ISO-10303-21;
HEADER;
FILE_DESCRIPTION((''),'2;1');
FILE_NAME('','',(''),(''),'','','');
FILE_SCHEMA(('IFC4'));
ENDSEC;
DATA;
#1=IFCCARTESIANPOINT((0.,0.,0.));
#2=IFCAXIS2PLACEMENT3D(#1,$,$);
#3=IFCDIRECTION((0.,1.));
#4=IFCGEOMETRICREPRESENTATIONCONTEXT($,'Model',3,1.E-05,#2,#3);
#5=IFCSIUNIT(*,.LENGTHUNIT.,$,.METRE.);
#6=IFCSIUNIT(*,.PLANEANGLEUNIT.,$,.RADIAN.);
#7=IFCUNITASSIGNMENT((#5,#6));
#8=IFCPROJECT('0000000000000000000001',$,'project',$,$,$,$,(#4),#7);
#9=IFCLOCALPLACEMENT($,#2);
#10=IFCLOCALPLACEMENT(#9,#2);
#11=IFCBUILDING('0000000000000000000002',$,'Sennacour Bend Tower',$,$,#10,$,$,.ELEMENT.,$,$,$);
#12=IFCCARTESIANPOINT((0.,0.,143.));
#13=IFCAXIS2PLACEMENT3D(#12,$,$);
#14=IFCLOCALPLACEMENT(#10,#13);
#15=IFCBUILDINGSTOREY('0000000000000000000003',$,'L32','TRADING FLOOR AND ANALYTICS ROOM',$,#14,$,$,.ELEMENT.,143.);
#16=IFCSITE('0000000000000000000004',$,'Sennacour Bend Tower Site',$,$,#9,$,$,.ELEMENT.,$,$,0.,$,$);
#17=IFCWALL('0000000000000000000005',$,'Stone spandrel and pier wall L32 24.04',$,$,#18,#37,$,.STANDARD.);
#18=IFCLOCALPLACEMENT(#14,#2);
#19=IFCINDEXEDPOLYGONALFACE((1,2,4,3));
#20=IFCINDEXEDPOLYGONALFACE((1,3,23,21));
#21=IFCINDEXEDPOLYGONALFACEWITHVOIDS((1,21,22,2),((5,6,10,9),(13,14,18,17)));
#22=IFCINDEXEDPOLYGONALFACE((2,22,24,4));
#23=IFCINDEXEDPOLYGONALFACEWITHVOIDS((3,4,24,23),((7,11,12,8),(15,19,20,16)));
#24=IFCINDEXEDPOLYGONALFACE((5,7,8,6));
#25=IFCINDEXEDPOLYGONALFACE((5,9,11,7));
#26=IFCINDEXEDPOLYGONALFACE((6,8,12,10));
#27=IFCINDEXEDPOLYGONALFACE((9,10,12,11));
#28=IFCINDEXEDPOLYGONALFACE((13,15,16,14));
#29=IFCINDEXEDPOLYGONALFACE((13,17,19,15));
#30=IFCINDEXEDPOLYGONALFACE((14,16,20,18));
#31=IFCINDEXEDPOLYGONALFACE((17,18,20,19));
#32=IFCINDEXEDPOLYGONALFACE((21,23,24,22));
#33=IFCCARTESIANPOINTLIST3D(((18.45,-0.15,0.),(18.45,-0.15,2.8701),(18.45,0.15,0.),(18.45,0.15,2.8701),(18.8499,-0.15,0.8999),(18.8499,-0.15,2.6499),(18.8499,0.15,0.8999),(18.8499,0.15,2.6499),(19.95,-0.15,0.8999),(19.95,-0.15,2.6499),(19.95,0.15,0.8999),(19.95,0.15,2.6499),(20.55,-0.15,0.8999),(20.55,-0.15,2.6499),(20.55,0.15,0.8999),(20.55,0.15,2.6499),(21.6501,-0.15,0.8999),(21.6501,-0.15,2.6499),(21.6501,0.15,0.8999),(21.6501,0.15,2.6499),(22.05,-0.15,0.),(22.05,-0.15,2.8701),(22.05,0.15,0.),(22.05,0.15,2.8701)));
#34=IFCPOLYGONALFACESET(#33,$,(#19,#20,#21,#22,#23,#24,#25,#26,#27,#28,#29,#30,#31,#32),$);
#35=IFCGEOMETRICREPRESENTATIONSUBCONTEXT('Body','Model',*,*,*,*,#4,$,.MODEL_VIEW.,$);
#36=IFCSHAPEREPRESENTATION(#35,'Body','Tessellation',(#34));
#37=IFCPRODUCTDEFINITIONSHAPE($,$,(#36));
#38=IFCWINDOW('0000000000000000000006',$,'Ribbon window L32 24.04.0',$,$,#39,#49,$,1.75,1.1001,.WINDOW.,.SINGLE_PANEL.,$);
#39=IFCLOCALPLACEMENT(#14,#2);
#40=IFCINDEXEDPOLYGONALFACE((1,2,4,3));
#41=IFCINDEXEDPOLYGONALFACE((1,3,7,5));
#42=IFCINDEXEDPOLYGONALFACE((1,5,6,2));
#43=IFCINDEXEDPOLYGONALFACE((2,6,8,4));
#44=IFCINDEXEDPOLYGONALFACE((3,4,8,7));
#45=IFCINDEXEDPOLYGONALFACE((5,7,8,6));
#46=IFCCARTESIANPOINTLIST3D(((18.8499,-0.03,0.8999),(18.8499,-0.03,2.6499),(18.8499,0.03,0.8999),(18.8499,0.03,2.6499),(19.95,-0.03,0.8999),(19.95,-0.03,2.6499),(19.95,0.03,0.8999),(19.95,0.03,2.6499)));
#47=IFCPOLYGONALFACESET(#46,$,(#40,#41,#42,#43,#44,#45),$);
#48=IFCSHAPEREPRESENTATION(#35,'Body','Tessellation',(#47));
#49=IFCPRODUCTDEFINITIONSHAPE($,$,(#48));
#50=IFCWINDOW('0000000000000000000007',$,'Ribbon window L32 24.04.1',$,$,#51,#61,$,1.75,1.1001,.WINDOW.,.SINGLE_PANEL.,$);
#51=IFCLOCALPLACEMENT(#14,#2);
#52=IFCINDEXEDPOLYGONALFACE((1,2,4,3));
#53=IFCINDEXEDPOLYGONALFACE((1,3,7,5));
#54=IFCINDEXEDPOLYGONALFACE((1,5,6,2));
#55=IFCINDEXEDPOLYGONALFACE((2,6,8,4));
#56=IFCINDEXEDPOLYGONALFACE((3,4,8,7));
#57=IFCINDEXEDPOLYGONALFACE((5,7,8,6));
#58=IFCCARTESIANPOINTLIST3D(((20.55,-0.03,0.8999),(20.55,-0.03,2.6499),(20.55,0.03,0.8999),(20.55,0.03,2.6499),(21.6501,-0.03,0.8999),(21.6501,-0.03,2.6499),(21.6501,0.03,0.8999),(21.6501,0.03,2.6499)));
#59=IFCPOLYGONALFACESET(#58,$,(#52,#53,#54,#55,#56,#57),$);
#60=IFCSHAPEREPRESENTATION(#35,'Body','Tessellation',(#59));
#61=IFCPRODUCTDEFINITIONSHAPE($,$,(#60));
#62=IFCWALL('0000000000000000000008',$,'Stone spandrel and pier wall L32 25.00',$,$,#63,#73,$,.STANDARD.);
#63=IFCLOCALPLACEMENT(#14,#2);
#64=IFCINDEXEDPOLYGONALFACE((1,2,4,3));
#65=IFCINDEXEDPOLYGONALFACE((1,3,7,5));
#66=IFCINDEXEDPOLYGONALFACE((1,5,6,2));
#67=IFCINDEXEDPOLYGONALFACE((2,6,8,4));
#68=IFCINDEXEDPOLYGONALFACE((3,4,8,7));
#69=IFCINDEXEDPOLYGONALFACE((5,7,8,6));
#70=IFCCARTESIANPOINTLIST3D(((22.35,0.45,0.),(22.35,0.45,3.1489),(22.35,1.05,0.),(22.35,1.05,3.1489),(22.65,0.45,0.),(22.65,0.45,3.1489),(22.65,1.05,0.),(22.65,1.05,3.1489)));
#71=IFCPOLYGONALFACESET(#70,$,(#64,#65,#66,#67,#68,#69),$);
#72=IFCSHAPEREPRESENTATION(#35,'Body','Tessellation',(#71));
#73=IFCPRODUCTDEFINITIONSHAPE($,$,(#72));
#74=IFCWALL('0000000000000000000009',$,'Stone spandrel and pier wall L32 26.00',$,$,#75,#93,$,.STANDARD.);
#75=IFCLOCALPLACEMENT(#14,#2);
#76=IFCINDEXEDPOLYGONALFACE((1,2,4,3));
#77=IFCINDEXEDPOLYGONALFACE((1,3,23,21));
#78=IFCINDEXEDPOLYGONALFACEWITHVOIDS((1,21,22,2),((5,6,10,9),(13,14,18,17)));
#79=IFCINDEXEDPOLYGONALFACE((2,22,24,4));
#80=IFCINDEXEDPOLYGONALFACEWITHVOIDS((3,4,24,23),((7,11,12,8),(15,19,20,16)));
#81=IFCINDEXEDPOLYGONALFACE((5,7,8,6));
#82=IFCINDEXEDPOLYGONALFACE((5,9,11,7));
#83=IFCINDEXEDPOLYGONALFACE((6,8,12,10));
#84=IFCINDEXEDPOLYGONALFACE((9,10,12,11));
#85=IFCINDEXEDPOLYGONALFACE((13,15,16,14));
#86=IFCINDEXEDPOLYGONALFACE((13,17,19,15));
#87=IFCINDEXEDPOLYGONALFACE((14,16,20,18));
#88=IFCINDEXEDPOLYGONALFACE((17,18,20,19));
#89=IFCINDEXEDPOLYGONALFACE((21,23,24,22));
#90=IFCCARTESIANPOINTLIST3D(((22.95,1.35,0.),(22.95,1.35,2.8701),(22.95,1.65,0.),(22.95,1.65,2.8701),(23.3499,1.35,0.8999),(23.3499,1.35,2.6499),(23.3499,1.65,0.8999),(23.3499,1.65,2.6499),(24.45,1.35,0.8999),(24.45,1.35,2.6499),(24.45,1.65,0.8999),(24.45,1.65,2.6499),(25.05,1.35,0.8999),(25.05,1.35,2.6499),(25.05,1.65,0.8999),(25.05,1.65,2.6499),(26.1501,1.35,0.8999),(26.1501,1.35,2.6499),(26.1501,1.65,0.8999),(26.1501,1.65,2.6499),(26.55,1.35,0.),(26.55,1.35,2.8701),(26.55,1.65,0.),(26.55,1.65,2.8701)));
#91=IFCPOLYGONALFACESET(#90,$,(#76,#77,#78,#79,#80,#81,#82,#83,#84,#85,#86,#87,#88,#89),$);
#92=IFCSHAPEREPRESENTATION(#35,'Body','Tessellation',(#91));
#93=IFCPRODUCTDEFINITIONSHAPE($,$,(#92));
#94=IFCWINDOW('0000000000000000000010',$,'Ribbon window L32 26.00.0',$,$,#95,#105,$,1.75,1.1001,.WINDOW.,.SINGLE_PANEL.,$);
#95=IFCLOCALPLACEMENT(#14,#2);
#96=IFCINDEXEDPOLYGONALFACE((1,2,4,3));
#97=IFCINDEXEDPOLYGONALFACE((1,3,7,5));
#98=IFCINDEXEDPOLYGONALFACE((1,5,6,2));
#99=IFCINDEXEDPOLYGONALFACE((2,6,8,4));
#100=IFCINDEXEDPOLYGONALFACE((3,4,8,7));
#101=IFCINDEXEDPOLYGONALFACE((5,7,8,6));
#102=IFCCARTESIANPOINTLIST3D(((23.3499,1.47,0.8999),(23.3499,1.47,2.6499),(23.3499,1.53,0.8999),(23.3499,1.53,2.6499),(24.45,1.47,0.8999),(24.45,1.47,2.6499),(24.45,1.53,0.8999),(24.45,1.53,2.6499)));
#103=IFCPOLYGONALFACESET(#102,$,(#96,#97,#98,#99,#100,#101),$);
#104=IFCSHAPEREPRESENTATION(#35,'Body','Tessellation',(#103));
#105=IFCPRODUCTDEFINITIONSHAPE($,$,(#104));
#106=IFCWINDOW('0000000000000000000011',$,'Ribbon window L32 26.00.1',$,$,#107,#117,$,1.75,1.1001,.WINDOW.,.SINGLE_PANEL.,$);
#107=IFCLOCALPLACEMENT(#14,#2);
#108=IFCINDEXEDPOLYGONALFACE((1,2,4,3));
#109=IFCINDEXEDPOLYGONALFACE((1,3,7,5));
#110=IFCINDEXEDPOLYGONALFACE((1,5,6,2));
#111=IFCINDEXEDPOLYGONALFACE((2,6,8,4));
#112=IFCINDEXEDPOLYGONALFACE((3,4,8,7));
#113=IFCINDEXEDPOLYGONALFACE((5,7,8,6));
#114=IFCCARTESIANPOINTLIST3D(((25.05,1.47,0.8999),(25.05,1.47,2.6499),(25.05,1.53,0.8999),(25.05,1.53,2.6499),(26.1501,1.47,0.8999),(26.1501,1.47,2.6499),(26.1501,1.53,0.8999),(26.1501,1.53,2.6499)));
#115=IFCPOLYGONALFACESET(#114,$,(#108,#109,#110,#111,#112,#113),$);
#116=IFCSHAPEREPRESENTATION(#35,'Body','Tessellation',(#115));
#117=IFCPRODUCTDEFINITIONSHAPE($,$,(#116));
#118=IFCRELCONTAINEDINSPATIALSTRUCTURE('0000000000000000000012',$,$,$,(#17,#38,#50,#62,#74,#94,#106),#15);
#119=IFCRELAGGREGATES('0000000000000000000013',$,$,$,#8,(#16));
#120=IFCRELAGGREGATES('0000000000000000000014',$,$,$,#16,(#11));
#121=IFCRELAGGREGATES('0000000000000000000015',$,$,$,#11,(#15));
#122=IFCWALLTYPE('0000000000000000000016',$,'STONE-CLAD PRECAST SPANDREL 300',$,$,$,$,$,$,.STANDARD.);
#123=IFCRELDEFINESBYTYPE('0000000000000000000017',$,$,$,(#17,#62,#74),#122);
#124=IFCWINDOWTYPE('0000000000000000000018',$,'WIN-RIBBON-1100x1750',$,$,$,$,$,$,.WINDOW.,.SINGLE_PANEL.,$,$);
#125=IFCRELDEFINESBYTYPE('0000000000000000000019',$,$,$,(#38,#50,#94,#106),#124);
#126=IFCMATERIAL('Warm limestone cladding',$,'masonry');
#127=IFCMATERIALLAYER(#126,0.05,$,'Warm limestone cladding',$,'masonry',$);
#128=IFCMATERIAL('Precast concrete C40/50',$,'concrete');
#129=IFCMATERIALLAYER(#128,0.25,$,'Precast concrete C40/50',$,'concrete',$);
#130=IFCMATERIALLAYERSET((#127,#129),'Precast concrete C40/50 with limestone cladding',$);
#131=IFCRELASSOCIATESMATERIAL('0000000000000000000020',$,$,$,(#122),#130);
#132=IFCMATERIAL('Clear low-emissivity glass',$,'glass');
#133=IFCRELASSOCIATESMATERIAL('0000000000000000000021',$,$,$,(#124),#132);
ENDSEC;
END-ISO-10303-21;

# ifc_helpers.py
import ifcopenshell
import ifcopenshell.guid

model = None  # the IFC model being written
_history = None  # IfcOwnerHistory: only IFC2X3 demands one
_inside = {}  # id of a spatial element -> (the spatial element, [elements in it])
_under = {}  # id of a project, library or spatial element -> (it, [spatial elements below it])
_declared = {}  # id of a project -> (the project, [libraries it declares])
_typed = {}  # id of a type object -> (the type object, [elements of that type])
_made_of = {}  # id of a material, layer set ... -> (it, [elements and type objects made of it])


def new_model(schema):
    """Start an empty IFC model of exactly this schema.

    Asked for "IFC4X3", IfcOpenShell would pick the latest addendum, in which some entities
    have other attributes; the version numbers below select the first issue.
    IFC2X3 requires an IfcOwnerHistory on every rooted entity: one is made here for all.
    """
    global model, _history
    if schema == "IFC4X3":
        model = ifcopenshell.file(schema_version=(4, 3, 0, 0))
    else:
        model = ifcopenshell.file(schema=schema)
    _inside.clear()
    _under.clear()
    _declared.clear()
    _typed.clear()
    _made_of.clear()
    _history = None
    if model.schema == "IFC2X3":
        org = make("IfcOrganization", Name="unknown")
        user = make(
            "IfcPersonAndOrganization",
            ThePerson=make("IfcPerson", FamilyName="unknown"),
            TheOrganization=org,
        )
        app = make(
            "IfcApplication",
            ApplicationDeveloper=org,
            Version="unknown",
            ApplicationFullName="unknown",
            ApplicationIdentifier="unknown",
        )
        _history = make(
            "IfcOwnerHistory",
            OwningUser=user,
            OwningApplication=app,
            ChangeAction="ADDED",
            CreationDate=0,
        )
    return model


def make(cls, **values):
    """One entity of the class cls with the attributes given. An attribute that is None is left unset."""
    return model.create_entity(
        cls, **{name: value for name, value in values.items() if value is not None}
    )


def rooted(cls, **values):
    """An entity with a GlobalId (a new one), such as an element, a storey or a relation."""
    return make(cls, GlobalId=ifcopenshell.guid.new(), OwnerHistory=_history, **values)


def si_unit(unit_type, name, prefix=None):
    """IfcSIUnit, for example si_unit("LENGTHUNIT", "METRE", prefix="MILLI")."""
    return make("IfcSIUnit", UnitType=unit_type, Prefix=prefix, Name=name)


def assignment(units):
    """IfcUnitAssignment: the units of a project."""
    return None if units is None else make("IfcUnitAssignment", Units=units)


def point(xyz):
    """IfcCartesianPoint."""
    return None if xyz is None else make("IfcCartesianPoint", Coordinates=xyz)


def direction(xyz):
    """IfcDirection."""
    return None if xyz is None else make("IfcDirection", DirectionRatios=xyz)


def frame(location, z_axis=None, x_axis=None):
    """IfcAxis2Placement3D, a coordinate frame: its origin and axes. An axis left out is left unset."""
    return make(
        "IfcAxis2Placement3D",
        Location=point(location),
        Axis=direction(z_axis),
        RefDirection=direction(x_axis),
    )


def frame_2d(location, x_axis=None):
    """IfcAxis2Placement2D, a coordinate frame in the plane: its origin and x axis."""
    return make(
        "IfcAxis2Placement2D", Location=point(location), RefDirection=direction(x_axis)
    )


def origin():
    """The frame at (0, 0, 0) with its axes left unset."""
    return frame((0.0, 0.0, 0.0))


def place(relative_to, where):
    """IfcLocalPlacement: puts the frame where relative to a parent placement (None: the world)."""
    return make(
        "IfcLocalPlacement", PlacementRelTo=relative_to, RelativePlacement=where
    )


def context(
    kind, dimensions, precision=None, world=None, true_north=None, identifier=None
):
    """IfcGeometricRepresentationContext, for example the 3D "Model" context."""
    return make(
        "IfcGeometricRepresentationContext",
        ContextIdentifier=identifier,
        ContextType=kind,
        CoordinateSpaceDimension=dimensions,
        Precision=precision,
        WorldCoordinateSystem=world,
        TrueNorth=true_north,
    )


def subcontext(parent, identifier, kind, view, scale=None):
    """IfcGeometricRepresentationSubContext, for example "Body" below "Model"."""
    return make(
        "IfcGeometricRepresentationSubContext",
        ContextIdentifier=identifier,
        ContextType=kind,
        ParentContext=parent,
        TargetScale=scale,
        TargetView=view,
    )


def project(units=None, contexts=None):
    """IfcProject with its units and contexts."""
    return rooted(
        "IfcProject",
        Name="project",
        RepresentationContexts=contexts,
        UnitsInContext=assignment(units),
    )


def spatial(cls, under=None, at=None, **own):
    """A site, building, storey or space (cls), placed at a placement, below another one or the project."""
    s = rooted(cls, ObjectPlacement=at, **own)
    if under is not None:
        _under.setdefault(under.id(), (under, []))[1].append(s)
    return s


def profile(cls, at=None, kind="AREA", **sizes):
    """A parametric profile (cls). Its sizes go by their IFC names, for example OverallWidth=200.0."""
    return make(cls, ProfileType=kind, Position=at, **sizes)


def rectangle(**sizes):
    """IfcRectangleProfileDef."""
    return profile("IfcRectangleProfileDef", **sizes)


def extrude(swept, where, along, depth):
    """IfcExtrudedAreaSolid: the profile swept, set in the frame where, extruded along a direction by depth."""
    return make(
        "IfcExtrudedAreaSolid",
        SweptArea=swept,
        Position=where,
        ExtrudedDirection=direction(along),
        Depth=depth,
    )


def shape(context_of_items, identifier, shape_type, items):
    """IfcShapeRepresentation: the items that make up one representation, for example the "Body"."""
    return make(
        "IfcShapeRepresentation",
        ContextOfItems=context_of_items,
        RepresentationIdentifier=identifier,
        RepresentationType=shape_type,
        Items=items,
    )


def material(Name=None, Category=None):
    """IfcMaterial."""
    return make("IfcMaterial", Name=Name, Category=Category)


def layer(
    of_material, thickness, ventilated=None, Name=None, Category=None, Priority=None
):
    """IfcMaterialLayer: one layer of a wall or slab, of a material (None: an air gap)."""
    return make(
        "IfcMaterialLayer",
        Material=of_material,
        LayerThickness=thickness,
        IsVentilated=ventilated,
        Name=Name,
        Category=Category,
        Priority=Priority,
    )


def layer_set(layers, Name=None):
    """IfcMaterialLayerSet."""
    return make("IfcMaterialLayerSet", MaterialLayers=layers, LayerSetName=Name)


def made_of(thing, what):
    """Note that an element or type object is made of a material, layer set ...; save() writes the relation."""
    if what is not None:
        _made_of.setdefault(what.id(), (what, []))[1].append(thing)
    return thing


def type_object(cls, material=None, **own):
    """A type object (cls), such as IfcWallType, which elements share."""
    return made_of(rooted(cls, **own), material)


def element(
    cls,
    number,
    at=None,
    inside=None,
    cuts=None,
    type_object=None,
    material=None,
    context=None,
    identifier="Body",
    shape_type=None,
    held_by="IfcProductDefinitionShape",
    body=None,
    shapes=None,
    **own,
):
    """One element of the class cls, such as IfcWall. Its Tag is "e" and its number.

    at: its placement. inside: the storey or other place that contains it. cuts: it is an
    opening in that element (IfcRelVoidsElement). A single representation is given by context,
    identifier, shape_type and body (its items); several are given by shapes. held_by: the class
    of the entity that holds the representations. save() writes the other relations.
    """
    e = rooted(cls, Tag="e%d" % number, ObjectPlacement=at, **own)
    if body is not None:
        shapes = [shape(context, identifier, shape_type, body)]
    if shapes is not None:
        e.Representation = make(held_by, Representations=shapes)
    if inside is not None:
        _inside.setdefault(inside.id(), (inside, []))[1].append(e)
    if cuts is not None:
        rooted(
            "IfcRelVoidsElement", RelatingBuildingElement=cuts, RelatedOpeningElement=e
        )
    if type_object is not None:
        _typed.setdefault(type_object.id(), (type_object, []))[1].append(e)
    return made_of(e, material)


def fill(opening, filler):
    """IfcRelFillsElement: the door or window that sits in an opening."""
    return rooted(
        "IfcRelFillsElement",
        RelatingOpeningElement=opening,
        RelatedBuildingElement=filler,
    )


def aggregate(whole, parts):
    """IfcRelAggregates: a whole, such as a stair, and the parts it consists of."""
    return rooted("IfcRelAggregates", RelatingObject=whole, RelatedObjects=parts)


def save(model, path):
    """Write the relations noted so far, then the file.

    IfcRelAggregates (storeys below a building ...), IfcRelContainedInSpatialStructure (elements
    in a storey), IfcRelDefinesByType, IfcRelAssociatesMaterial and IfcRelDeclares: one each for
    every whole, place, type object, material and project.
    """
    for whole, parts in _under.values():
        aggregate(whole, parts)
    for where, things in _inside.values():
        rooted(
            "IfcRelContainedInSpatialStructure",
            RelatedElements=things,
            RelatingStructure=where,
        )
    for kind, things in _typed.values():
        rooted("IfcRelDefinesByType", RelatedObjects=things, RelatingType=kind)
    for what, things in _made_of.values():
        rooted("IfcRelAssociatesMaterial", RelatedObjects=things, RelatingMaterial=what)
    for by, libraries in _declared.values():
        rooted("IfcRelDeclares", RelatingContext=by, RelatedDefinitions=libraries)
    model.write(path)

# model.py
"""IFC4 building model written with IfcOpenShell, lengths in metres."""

from ifc_helpers import new_model, si_unit, direction, frame, frame_2d, origin, place, context, subcontext, project, spatial, rectangle, extrude, material, layer, layer_set, type_object, element, fill, save


model = new_model("IFC4")

# Units and contexts
model_context = context("Model", 3, precision=1e-05, world=origin(), true_north=direction((0.0, 1.0)))
body_context = subcontext(model_context, "Body", "Model", "MODEL_VIEW")
ifc_project = project(units=[si_unit("LENGTHUNIT", "METRE"), si_unit("PLANEANGLEUNIT", "RADIAN")], contexts=[model_context])

# Site, building, storey
site_placement = place(None, origin())
site = spatial("IfcSite", under=ifc_project, at=site_placement, Name="Sennacour Bend Tower Site", CompositionType="ELEMENT", RefElevation=0.0)
building_placement = place(site_placement, origin())
building = spatial("IfcBuilding", under=site, at=building_placement, Name="Sennacour Bend Tower", CompositionType="ELEMENT")
storey_placement = place(building_placement, frame((0.0, 0.0, 143.0)))
storey = spatial("IfcBuildingStorey", under=building, at=storey_placement, Name="L32", Description="TRADING FLOOR AND ANALYTICS ROOM", CompositionType="ELEMENT", Elevation=143.0)

# Wall, openings, windows
ifc_material_1 = material(Name="Warm limestone cladding", Category="masonry")
ifc_layer_1 = layer(ifc_material_1, 0.05, Name="Warm limestone cladding", Category="masonry")
ifc_material_2 = material(Name="Precast concrete C40/50", Category="concrete")
ifc_layer_2 = layer(ifc_material_2, 0.25, Name="Precast concrete C40/50", Category="concrete")
ifc_layer_set_1 = layer_set([ifc_layer_1, ifc_layer_2], Name="Precast concrete C40/50 with limestone cladding")
wall_type_1 = type_object("IfcWallType", Name="STONE-CLAD PRECAST SPANDREL 300", PredefinedType="STANDARD", material=ifc_layer_set_1)
wall_1_placement = place(storey_placement, frame((18.45, 0.0, 0.0), z_axis=(0.0, 0.0, 1.0), x_axis=(1.0, 0.0, 0.0)))
wall_1 = element("IfcWall", 1, at=wall_1_placement, inside=storey, type_object=wall_type_1, Name="Stone spandrel and pier wall L32 24.04", PredefinedType="STANDARD", context=body_context, shape_type="SweptSolid", body=[
    extrude(rectangle(XDim=3.6001, YDim=0.3, at=frame_2d((1.8, 0.0))), origin(), (0.0, 0.0, 1.0), 2.8701),
])
opening_1_placement = place(wall_1_placement, frame((0.3999, 0.0, 0.8999)))
opening_1 = element("IfcOpeningElement", 2, at=opening_1_placement, cuts=wall_1, PredefinedType="OPENING", context=body_context, shape_type="SweptSolid", body=[
    extrude(rectangle(XDim=1.1001, YDim=1.75, at=frame_2d((0.55, 0.875))), frame((0.0, 0.1602, 0.0), z_axis=(0.0, -1.0, 0.0), x_axis=(1.0, 0.0, 0.0)), (0.0, 0.0, 1.0), 0.3201),
])
opening_2_placement = place(wall_1_placement, frame((2.1001, 0.0, 0.8999)))
opening_2 = element("IfcOpeningElement", 3, at=opening_2_placement, cuts=wall_1, PredefinedType="OPENING", context=body_context, shape_type="SweptSolid", body=[
    extrude(rectangle(XDim=1.1001, YDim=1.75, at=frame_2d((0.55, 0.875))), frame((0.0, 0.1602, 0.0), z_axis=(0.0, -1.0, 0.0), x_axis=(1.0, 0.0, 0.0)), (0.0, 0.0, 1.0), 0.3201),
])
ifc_material_3 = material(Name="Clear low-emissivity glass", Category="glass")
window_type = type_object("IfcWindowType", Name="WIN-RIBBON-1100x1750", PartitioningType="SINGLE_PANEL", PredefinedType="WINDOW", material=ifc_material_3)
window_1_placement = place(opening_1_placement, origin())
window_1 = element("IfcWindow", 4, at=window_1_placement, inside=storey, type_object=window_type, Name="Ribbon window L32 24.04.0", OverallHeight=1.75, OverallWidth=1.1001, PartitioningType="SINGLE_PANEL", PredefinedType="WINDOW", context=body_context, shape_type="SweptSolid", body=[
    extrude(rectangle(XDim=1.1001, YDim=1.75, at=frame_2d((0.55, 0.875))), frame((0.0, 0.03, 0.0), z_axis=(0.0, -1.0, 0.0), x_axis=(1.0, 0.0, 0.0)), (0.0, 0.0, 1.0), 0.0601),
])
fill(opening_1, window_1)
window_2_placement = place(opening_2_placement, origin())
window_2 = element("IfcWindow", 5, at=window_2_placement, inside=storey, type_object=window_type, Name="Ribbon window L32 24.04.1", OverallHeight=1.75, OverallWidth=1.1001, PartitioningType="SINGLE_PANEL", PredefinedType="WINDOW", context=body_context, shape_type="SweptSolid", body=[
    extrude(rectangle(XDim=1.1001, YDim=1.75, at=frame_2d((0.55, 0.875))), frame((0.0, 0.03, 0.0), z_axis=(0.0, -1.0, 0.0), x_axis=(1.0, 0.0, 0.0)), (0.0, 0.0, 1.0), 0.0601),
])
fill(opening_2, window_2)

# Wall
wall_2_placement = place(storey_placement, frame((22.5, 0.45, 0.0), z_axis=(0.0, 0.0, 1.0), x_axis=(0.0, 1.0, 0.0)))
element("IfcWall", 6, at=wall_2_placement, inside=storey, type_object=wall_type_1, Name="Stone spandrel and pier wall L32 25.00", PredefinedType="STANDARD", context=body_context, shape_type="SweptSolid", body=[
    extrude(rectangle(XDim=0.6001, YDim=0.3, at=frame_2d((0.3, 0.0))), origin(), (0.0, 0.0, 1.0), 3.1489),
])

# Wall, openings, windows
wall_3_placement = place(storey_placement, frame((22.95, 1.5, 0.0), z_axis=(0.0, 0.0, 1.0), x_axis=(1.0, 0.0, 0.0)))
wall_3 = element("IfcWall", 7, at=wall_3_placement, inside=storey, type_object=wall_type_1, Name="Stone spandrel and pier wall L32 26.00", PredefinedType="STANDARD", context=body_context, shape_type="SweptSolid", body=[
    extrude(rectangle(XDim=3.6001, YDim=0.3, at=frame_2d((1.8, 0.0))), origin(), (0.0, 0.0, 1.0), 2.8701),
])
opening_3_placement = place(wall_3_placement, frame((0.3999, 0.0, 0.8999)))
opening_3 = element("IfcOpeningElement", 8, at=opening_3_placement, cuts=wall_3, PredefinedType="OPENING", context=body_context, shape_type="SweptSolid", body=[
    extrude(rectangle(XDim=1.1001, YDim=1.75, at=frame_2d((0.55, 0.875))), frame((0.0, 0.1602, 0.0), z_axis=(0.0, -1.0, 0.0), x_axis=(1.0, 0.0, 0.0)), (0.0, 0.0, 1.0), 0.3201),
])
opening_4_placement = place(wall_3_placement, frame((2.1001, 0.0, 0.8999)))
opening_4 = element("IfcOpeningElement", 9, at=opening_4_placement, cuts=wall_3, PredefinedType="OPENING", context=body_context, shape_type="SweptSolid", body=[
    extrude(rectangle(XDim=1.1001, YDim=1.75, at=frame_2d((0.55, 0.875))), frame((0.0, 0.1602, 0.0), z_axis=(0.0, -1.0, 0.0), x_axis=(1.0, 0.0, 0.0)), (0.0, 0.0, 1.0), 0.3201),
])
window_3_placement = place(opening_3_placement, origin())
window_3 = element("IfcWindow", 10, at=window_3_placement, inside=storey, type_object=window_type, Name="Ribbon window L32 26.00.0", OverallHeight=1.75, OverallWidth=1.1001, PartitioningType="SINGLE_PANEL", PredefinedType="WINDOW", context=body_context, shape_type="SweptSolid", body=[
    extrude(rectangle(XDim=1.1001, YDim=1.75, at=frame_2d((0.55, 0.875))), frame((0.0, 0.03, 0.0), z_axis=(0.0, -1.0, 0.0), x_axis=(1.0, 0.0, 0.0)), (0.0, 0.0, 1.0), 0.0601),
])
fill(opening_3, window_3)
window_4_placement = place(opening_4_placement, origin())
window_4 = element("IfcWindow", 11, at=window_4_placement, inside=storey, type_object=window_type, Name="Ribbon window L32 26.00.1", OverallHeight=1.75, OverallWidth=1.1001, PartitioningType="SINGLE_PANEL", PredefinedType="WINDOW", context=body_context, shape_type="SweptSolid", body=[
    extrude(rectangle(XDim=1.1001, YDim=1.75, at=frame_2d((0.55, 0.875))), frame((0.0, 0.03, 0.0), z_axis=(0.0, -1.0, 0.0), x_axis=(1.0, 0.0, 0.0)), (0.0, 0.0, 1.0), 0.0601),
])
fill(opening_4, window_4)

save(model, "model.ifc")
